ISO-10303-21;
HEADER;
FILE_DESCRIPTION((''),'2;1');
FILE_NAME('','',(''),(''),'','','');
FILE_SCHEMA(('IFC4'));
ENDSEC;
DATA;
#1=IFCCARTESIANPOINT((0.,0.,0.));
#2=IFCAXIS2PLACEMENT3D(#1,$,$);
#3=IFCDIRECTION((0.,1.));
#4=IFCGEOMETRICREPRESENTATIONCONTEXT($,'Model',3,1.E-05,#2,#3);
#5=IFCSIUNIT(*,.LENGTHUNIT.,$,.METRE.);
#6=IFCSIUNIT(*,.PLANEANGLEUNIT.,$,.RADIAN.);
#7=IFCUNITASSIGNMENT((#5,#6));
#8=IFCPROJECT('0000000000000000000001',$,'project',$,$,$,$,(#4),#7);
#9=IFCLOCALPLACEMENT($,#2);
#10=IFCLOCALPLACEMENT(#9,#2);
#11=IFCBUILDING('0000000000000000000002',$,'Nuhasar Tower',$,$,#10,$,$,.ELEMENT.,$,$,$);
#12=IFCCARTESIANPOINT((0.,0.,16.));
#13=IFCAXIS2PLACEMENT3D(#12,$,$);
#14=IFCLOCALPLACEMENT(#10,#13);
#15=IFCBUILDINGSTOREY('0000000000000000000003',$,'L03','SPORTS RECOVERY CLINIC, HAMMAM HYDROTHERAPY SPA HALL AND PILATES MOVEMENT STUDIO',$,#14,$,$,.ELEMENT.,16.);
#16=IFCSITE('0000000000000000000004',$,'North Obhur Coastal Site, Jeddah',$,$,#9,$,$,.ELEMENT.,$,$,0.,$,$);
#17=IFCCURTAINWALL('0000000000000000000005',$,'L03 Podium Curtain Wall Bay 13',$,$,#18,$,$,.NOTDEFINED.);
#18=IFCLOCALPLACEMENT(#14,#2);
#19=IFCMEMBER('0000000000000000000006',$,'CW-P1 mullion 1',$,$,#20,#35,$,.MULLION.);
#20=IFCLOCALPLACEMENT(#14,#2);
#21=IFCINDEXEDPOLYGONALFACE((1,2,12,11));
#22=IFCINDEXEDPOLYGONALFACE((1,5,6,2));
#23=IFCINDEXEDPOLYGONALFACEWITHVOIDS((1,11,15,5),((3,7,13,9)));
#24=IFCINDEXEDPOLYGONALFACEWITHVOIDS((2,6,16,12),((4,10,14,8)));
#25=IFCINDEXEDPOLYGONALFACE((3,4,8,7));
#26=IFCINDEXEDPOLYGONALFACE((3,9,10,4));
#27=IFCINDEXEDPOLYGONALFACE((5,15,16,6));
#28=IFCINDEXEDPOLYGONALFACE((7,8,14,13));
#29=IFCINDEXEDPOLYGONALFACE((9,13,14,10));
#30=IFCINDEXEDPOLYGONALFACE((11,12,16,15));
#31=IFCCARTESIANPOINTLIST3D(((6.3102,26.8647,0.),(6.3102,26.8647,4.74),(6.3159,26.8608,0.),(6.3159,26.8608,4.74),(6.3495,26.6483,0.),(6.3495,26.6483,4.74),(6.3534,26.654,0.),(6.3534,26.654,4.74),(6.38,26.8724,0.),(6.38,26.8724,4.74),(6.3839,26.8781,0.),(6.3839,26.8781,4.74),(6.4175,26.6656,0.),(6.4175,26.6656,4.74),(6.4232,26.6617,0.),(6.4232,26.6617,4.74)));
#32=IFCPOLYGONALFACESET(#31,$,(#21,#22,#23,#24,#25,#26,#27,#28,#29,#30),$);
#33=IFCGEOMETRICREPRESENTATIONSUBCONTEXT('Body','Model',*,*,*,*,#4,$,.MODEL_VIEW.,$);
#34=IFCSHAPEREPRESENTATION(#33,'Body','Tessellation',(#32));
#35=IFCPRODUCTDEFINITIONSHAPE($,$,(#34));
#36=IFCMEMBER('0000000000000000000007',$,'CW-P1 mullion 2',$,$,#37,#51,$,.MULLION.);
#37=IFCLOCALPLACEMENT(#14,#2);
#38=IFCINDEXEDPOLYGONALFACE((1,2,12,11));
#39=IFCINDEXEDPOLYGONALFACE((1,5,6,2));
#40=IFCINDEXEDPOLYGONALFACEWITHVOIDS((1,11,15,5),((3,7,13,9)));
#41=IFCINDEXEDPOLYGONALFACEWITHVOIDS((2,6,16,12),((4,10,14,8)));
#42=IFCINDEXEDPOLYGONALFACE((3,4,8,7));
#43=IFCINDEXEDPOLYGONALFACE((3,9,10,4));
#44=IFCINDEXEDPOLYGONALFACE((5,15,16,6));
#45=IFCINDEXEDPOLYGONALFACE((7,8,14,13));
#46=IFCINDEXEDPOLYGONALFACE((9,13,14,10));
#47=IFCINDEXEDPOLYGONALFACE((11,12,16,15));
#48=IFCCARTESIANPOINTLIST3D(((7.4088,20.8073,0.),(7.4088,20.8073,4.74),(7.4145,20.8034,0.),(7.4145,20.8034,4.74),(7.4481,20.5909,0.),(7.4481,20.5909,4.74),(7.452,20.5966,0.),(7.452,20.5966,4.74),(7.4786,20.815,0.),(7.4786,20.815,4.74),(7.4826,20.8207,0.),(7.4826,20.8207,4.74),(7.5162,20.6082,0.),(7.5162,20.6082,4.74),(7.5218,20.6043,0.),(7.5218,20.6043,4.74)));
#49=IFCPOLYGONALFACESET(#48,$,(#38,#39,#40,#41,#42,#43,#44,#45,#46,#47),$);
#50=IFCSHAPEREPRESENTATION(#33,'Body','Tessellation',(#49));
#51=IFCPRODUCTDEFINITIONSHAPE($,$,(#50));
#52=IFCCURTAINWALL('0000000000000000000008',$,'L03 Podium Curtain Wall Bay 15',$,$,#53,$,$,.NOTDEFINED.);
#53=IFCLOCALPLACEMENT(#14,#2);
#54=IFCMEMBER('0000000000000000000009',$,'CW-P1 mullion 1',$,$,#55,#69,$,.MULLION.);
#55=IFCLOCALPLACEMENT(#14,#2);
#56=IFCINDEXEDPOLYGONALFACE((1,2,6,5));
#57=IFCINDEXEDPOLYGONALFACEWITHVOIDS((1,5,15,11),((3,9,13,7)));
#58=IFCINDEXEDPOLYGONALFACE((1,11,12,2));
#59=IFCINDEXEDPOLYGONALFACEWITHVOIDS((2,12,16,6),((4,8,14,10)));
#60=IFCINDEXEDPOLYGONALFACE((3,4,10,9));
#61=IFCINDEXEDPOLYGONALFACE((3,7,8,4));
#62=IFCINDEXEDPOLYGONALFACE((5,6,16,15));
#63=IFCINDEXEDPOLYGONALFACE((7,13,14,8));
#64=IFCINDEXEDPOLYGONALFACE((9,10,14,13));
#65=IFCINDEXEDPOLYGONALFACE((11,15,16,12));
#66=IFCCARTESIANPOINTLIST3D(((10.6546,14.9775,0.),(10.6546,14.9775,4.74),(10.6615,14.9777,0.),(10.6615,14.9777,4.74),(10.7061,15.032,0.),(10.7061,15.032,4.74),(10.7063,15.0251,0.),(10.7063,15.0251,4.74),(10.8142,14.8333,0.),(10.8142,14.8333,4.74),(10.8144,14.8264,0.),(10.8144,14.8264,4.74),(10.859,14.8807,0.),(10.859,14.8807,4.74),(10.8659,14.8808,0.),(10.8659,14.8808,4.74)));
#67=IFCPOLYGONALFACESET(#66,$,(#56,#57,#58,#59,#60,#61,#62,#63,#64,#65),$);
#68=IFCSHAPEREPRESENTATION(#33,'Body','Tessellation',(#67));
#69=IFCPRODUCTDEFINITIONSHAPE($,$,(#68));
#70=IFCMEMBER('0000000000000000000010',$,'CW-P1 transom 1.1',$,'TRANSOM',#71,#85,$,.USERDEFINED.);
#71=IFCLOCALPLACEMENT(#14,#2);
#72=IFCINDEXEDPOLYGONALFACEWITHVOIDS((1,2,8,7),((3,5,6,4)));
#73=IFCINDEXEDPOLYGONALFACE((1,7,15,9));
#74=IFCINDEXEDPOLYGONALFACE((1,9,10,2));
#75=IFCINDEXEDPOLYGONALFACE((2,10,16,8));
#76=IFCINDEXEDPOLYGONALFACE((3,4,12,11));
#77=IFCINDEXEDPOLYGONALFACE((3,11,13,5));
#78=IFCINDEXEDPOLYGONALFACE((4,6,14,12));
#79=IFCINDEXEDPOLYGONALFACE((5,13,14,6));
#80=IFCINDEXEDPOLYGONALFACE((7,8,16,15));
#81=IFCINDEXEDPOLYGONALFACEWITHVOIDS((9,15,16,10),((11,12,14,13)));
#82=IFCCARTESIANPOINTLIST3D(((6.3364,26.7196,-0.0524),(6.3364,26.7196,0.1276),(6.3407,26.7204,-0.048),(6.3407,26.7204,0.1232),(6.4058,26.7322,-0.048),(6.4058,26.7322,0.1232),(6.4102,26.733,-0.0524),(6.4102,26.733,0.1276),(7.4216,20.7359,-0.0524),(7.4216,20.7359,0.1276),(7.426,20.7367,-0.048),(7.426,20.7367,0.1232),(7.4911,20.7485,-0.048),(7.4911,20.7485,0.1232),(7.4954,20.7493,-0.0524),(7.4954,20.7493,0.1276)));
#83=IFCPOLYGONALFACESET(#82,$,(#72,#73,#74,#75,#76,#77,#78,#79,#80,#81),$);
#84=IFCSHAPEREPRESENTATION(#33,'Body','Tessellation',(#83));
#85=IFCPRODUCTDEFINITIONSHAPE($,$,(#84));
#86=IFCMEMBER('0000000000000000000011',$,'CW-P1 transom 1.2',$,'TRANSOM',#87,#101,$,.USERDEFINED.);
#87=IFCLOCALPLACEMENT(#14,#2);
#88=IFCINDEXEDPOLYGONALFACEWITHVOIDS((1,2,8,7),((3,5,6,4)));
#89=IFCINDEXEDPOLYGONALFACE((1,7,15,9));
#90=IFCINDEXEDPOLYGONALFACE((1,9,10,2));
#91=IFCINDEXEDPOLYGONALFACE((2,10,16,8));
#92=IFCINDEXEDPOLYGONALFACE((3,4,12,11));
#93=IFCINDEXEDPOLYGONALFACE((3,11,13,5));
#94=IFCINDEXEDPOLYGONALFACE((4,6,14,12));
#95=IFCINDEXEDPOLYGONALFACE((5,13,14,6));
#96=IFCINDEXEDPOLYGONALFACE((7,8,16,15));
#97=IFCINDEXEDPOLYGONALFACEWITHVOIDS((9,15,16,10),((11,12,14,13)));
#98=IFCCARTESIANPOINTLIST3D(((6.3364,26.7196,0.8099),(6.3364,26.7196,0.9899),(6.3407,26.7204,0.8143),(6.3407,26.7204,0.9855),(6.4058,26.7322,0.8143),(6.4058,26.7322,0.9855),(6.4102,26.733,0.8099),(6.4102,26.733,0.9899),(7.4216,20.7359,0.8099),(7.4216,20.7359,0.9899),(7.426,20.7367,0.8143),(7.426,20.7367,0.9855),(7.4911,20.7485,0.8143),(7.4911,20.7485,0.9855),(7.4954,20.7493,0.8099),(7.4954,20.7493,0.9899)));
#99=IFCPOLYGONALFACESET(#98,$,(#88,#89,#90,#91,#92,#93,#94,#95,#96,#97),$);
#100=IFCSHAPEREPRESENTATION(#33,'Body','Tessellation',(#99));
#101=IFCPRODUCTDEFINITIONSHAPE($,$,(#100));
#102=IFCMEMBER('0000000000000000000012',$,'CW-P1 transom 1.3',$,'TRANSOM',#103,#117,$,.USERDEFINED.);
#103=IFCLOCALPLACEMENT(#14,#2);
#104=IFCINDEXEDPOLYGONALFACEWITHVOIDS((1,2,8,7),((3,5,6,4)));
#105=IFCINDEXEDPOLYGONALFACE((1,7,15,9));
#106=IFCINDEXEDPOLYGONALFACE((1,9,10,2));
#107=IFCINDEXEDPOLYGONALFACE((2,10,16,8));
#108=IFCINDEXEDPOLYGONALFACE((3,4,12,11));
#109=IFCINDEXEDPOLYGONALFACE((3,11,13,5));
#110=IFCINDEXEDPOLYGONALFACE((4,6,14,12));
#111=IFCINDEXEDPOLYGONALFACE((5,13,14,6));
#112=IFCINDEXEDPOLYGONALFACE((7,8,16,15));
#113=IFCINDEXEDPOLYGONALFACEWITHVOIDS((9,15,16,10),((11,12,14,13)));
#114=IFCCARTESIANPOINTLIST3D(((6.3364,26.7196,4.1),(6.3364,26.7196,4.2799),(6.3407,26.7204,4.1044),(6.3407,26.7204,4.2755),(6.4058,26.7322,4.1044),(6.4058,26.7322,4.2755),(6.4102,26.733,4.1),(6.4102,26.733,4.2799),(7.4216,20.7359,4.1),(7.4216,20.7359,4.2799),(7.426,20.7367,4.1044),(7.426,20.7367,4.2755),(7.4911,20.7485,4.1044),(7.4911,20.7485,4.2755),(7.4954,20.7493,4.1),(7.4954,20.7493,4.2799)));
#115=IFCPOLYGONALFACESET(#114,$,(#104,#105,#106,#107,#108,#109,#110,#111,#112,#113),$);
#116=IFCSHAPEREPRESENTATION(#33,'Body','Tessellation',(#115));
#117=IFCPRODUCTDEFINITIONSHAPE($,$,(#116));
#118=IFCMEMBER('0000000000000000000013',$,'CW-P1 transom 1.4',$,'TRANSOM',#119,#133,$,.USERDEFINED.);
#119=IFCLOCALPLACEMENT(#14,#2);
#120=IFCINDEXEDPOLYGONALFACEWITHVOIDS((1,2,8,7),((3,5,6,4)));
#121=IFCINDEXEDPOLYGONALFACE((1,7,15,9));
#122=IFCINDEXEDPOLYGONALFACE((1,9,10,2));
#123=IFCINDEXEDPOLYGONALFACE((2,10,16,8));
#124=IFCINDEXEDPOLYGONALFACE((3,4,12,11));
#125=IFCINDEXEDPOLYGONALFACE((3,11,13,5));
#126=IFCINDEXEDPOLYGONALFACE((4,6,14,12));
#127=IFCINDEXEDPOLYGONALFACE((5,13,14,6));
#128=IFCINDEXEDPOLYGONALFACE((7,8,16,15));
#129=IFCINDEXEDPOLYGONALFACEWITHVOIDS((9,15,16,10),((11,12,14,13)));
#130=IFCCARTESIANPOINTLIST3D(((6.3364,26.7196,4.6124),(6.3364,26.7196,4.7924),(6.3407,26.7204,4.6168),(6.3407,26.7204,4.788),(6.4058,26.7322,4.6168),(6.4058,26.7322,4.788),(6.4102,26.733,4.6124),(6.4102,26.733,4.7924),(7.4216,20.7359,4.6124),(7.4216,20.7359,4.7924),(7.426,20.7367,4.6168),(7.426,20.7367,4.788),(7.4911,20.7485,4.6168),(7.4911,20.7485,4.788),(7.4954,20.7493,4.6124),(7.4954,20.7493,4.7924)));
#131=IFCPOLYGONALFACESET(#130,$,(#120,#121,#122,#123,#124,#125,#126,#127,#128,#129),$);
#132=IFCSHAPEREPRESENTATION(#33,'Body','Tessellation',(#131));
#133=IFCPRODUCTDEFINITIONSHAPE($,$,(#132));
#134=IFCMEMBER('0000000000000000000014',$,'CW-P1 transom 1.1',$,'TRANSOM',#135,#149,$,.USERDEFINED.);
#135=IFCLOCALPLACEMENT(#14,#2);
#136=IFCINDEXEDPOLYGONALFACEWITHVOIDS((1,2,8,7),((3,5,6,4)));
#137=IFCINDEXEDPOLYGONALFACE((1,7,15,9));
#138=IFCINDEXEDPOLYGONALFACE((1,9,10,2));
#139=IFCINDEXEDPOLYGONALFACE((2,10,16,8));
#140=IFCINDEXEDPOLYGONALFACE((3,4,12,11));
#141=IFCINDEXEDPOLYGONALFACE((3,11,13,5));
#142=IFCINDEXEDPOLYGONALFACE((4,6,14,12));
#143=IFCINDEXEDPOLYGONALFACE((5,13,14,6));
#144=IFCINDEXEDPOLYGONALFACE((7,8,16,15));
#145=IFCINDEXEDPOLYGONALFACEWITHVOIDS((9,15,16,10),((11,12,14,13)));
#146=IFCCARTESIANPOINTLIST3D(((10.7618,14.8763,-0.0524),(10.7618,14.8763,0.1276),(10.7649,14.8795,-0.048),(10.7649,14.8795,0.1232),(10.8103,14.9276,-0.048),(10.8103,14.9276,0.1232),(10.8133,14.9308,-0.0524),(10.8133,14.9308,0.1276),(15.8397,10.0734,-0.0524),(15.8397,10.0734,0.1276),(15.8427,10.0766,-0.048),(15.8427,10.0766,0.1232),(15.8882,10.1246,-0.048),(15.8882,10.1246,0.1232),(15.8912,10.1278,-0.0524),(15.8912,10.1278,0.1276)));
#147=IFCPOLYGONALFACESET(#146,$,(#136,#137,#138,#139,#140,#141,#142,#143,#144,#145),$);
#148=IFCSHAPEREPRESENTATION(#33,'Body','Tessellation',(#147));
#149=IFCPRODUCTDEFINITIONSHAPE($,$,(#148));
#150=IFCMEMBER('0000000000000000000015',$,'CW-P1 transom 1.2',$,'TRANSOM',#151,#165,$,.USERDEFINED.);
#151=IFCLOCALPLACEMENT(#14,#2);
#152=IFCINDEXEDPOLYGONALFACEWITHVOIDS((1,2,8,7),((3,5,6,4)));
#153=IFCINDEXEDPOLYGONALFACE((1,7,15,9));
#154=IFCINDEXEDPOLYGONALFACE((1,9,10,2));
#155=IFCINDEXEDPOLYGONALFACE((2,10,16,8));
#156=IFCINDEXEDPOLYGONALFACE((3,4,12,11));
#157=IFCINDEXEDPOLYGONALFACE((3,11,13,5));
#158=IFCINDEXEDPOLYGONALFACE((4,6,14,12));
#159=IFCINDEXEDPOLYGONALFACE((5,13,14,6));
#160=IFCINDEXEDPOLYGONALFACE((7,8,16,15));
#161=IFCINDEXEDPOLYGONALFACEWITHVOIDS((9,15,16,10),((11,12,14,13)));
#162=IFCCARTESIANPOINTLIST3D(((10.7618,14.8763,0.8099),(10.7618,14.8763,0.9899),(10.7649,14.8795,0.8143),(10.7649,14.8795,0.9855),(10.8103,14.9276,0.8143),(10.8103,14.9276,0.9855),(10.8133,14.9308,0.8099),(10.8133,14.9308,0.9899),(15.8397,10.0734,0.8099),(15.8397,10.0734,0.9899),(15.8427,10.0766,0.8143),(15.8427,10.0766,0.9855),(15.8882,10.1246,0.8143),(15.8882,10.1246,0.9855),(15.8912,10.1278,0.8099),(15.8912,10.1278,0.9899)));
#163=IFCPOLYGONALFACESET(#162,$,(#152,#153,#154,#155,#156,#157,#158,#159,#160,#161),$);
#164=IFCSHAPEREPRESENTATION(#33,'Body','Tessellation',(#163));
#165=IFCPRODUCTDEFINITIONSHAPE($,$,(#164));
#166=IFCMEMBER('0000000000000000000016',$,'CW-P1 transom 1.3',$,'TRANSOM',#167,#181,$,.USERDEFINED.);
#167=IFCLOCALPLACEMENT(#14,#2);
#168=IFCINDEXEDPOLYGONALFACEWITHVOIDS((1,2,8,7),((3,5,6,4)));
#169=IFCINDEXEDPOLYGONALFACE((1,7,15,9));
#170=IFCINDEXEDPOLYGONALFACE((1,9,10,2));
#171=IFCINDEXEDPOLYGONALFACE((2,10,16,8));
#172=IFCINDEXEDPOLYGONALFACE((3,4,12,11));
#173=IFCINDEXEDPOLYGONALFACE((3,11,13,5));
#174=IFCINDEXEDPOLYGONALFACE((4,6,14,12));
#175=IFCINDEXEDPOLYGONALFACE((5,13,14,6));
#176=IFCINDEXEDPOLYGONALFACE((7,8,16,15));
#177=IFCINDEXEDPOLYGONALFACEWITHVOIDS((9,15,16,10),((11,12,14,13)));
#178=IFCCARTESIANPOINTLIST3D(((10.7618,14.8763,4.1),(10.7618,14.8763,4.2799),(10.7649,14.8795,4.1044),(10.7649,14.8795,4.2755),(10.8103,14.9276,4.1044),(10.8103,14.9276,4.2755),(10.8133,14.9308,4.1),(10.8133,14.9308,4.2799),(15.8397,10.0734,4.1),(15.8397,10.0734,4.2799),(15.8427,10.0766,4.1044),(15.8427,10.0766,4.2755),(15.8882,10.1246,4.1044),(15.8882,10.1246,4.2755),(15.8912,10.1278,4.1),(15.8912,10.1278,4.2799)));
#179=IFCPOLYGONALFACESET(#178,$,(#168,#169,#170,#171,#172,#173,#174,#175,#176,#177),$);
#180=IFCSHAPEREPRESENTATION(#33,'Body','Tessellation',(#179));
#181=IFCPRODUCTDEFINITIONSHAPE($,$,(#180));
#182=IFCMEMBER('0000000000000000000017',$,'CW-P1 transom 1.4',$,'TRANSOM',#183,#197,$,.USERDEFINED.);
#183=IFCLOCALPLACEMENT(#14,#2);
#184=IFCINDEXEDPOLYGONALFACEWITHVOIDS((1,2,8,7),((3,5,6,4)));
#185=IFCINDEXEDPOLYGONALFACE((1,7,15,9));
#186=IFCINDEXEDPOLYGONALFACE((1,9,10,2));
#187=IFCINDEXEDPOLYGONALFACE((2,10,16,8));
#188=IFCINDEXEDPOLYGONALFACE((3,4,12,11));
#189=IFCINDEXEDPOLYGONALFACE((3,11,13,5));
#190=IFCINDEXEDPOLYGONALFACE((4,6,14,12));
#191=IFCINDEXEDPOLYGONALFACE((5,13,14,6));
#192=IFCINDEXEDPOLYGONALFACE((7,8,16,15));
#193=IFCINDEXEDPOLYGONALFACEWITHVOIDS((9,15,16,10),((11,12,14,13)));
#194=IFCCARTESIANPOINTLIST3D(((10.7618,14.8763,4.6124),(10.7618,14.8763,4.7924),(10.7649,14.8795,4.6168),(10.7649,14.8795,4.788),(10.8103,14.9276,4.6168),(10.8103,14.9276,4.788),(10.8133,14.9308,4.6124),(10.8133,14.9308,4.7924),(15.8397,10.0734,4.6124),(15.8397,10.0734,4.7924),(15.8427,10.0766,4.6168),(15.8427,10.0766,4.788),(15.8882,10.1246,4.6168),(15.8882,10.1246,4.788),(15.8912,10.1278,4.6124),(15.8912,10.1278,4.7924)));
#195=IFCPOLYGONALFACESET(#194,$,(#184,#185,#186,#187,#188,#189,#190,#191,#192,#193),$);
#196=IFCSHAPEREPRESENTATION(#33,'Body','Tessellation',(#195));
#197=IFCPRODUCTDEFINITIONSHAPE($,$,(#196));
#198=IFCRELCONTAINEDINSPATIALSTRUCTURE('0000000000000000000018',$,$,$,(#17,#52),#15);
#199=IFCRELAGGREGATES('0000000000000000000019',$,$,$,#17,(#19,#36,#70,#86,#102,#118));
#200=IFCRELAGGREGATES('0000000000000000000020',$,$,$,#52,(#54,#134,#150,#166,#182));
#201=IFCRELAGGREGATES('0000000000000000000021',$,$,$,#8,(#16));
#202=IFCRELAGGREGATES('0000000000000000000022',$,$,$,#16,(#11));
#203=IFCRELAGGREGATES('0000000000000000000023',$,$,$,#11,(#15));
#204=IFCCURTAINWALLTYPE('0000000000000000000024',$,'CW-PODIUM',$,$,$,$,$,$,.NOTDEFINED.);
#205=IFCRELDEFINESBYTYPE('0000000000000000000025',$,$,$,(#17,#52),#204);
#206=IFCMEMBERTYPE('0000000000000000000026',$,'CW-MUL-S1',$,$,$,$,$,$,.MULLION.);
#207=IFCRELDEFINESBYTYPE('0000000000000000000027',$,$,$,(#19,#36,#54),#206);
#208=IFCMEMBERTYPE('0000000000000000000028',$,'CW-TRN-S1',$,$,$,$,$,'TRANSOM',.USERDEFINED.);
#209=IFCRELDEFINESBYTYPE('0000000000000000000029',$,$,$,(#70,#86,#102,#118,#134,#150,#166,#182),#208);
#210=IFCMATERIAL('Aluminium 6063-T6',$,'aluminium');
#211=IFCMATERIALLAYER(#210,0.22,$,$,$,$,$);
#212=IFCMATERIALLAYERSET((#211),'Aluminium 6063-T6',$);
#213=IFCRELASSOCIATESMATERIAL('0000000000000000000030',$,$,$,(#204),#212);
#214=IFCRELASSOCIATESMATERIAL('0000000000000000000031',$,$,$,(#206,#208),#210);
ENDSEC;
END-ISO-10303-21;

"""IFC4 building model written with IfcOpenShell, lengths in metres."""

from ifc_helpers import new_model, si_unit, direction, frame, origin, origin_2d, place, context, subcontext, project, spatial, hollow_rectangle, extrude, material, layer, layer_set, material_profile, profile_set, type_object, element, aggregate, save


model = new_model("IFC4")

# Units and contexts
model_context = context("Model", 3, precision=1e-05, world=origin(), true_north=direction((0.0, 1.0)))
body_context = subcontext(model_context, "Body", "Model", "MODEL_VIEW")
ifc_project = project(units=[si_unit("LENGTHUNIT", "METRE"), si_unit("PLANEANGLEUNIT", "RADIAN")], contexts=[model_context])

# Site, building, storey
site_placement = place(None, origin())
site = spatial("IfcSite", under=ifc_project, at=site_placement, Name="North Obhur Coastal Site, Jeddah", CompositionType="ELEMENT", RefElevation=0.0)
building_placement = place(site_placement, origin())
building = spatial("IfcBuilding", under=site, at=building_placement, Name="Nuhasar Tower", CompositionType="ELEMENT")
storey_placement = place(building_placement, frame((0.0, 0.0, 16.0)))
storey = spatial("IfcBuildingStorey", under=building, at=storey_placement, Name="L03", Description="SPORTS RECOVERY CLINIC, HAMMAM HYDROTHERAPY SPA HALL AND PILATES MOVEMENT STUDIO", CompositionType="ELEMENT", Elevation=16.0)

# Curtain wall, members
ifc_material_1 = material(Name="Aluminium 6063-T6", Category="aluminium")
ifc_layer_1 = layer(ifc_material_1, 0.22)
ifc_layer_set_1 = layer_set([ifc_layer_1], Name="Aluminium 6063-T6")
curtain_wall_type = type_object("IfcCurtainWallType", Name="CW-PODIUM", PredefinedType="NOTDEFINED", material=ifc_layer_set_1)
curtain_wall_1_placement = place(storey_placement, origin())
curtain_wall_1 = element("IfcCurtainWall", 1, at=curtain_wall_1_placement, inside=storey, type_object=curtain_wall_type, Name="L03 Podium Curtain Wall Bay 13", PredefinedType="NOTDEFINED")
ifc_material_profile_1 = material_profile(ifc_material_1, hollow_rectangle(XDim=0.075, YDim=0.22, WallThickness=0.0049, at=origin_2d()), Name="CWM-1")
ifc_profile_set_1 = profile_set([ifc_material_profile_1], Name="Aluminium 6063-T6")
member_type_1 = type_object("IfcMemberType", Name="CW-MUL-S1", PredefinedType="MULLION", material=ifc_profile_set_1)
member_1_placement = place(storey_placement, frame((6.3667, 26.7632, 0.0), z_axis=(0.0, 0.0, 1.0), x_axis=(0.983947, 0.178462, 0.0)))
member_1 = element("IfcMember", 2, at=member_1_placement, type_object=member_type_1, Name="CW-P1 mullion 1", PredefinedType="MULLION", context=body_context, shape_type="SweptSolid", body=[
    extrude(hollow_rectangle(XDim=0.075, YDim=0.22, WallThickness=0.0049, at=origin_2d()), origin(), (0.0, 0.0, 1.0), 4.74),
])
member_2_placement = place(storey_placement, frame((7.4653, 20.7058, 0.0), z_axis=(0.0, 0.0, 1.0), x_axis=(0.983947, 0.178462, 0.0)))
member_2 = element("IfcMember", 3, at=member_2_placement, type_object=member_type_1, Name="CW-P1 mullion 2", PredefinedType="MULLION", context=body_context, shape_type="SweptSolid", body=[
    extrude(hollow_rectangle(XDim=0.075, YDim=0.22, WallThickness=0.0049, at=origin_2d()), origin(), (0.0, 0.0, 1.0), 4.74),
])

# Curtain wall, member
curtain_wall_2_placement = place(storey_placement, origin())
curtain_wall_2 = element("IfcCurtainWall", 4, at=curtain_wall_2_placement, inside=storey, type_object=curtain_wall_type, Name="L03 Podium Curtain Wall Bay 15", PredefinedType="NOTDEFINED")
member_3_placement = place(storey_placement, frame((10.7603, 14.9292, 0.0), z_axis=(0.0, 0.0, 1.0), x_axis=(0.687154, 0.726512, 0.0)))
member_3 = element("IfcMember", 5, at=member_3_placement, type_object=member_type_1, Name="CW-P1 mullion 1", PredefinedType="MULLION", context=body_context, shape_type="SweptSolid", body=[
    extrude(hollow_rectangle(XDim=0.075, YDim=0.22, WallThickness=0.0049, at=origin_2d()), origin(), (0.0, 0.0, 1.0), 4.74),
])

# Members
ifc_material_profile_2 = material_profile(ifc_material_1, hollow_rectangle(XDim=0.075, YDim=0.1799, WallThickness=0.0044, at=origin_2d()), Name="CWT-1")
ifc_profile_set_2 = profile_set([ifc_material_profile_2], Name="Aluminium 6063-T6")
member_type_2 = type_object("IfcMemberType", Name="CW-TRN-S1", ElementType="TRANSOM", PredefinedType="USERDEFINED", material=ifc_profile_set_2)
member_4_placement = place(storey_placement, frame((6.3733, 26.7263, 0.0376), z_axis=(0.178451, -0.983949, 0.0), x_axis=(0.983949, 0.178451, 0.0)))
member_4 = element("IfcMember", 6, at=member_4_placement, type_object=member_type_2, Name="CW-P1 transom 1.1", ObjectType="TRANSOM", PredefinedType="USERDEFINED", context=body_context, shape_type="SweptSolid", body=[
    extrude(hollow_rectangle(XDim=0.075, YDim=0.1799, WallThickness=0.0044, at=origin_2d()), origin(), (0.0, 0.0, 1.0), 6.0813),
])
member_5_placement = place(storey_placement, frame((6.3733, 26.7263, 0.8999), z_axis=(0.178451, -0.983949, 0.0), x_axis=(0.983949, 0.178451, 0.0)))
member_5 = element("IfcMember", 7, at=member_5_placement, type_object=member_type_2, Name="CW-P1 transom 1.2", ObjectType="TRANSOM", PredefinedType="USERDEFINED", context=body_context, shape_type="SweptSolid", body=[
    extrude(hollow_rectangle(XDim=0.075, YDim=0.1799, WallThickness=0.0044, at=origin_2d()), origin(), (0.0, 0.0, 1.0), 6.0813),
])
member_6_placement = place(storey_placement, frame((6.3733, 26.7263, 4.1899), z_axis=(0.178451, -0.983949, 0.0), x_axis=(0.983949, 0.178451, 0.0)))
member_6 = element("IfcMember", 8, at=member_6_placement, type_object=member_type_2, Name="CW-P1 transom 1.3", ObjectType="TRANSOM", PredefinedType="USERDEFINED", context=body_context, shape_type="SweptSolid", body=[
    extrude(hollow_rectangle(XDim=0.075, YDim=0.1799, WallThickness=0.0044, at=origin_2d()), origin(), (0.0, 0.0, 1.0), 6.0813),
])
member_7_placement = place(storey_placement, frame((6.3733, 26.7263, 4.7024), z_axis=(0.178451, -0.983949, 0.0), x_axis=(0.983949, 0.178451, 0.0)))
member_7 = element("IfcMember", 9, at=member_7_placement, type_object=member_type_2, Name="CW-P1 transom 1.4", ObjectType="TRANSOM", PredefinedType="USERDEFINED", context=body_context, shape_type="SweptSolid", body=[
    extrude(hollow_rectangle(XDim=0.075, YDim=0.1799, WallThickness=0.0044, at=origin_2d()), origin(), (0.0, 0.0, 1.0), 6.0813),
])
member_8_placement = place(storey_placement, frame((10.7876, 14.9036, 0.0376), z_axis=(0.726499, -0.687168, 0.0), x_axis=(0.687168, 0.726499, 0.0)))
member_8 = element("IfcMember", 10, at=member_8_placement, type_object=member_type_2, Name="CW-P1 transom 1.1", ObjectType="TRANSOM", PredefinedType="USERDEFINED", context=body_context, shape_type="SweptSolid", body=[
    extrude(hollow_rectangle(XDim=0.075, YDim=0.1799, WallThickness=0.0044, at=origin_2d()), origin(), (0.0, 0.0, 1.0), 6.9895),
])
member_9_placement = place(storey_placement, frame((10.7876, 14.9036, 0.8999), z_axis=(0.726499, -0.687168, 0.0), x_axis=(0.687168, 0.726499, 0.0)))
member_9 = element("IfcMember", 11, at=member_9_placement, type_object=member_type_2, Name="CW-P1 transom 1.2", ObjectType="TRANSOM", PredefinedType="USERDEFINED", context=body_context, shape_type="SweptSolid", body=[
    extrude(hollow_rectangle(XDim=0.075, YDim=0.1799, WallThickness=0.0044, at=origin_2d()), origin(), (0.0, 0.0, 1.0), 6.9895),
])
member_10_placement = place(storey_placement, frame((10.7876, 14.9036, 4.1899), z_axis=(0.726499, -0.687168, 0.0), x_axis=(0.687168, 0.726499, 0.0)))
member_10 = element("IfcMember", 12, at=member_10_placement, type_object=member_type_2, Name="CW-P1 transom 1.3", ObjectType="TRANSOM", PredefinedType="USERDEFINED", context=body_context, shape_type="SweptSolid", body=[
    extrude(hollow_rectangle(XDim=0.075, YDim=0.1799, WallThickness=0.0044, at=origin_2d()), origin(), (0.0, 0.0, 1.0), 6.9895),
])
member_11_placement = place(storey_placement, frame((10.7876, 14.9036, 4.7024), z_axis=(0.726499, -0.687168, 0.0), x_axis=(0.687168, 0.726499, 0.0)))
member_11 = element("IfcMember", 13, at=member_11_placement, type_object=member_type_2, Name="CW-P1 transom 1.4", ObjectType="TRANSOM", PredefinedType="USERDEFINED", context=body_context, shape_type="SweptSolid", body=[
    extrude(hollow_rectangle(XDim=0.075, YDim=0.1799, WallThickness=0.0044, at=origin_2d()), origin(), (0.0, 0.0, 1.0), 6.9895),
])

aggregate(curtain_wall_1, [member_1, member_2, member_4, member_5, member_6, member_7])
aggregate(curtain_wall_2, [member_3, member_8, member_9, member_10, member_11])

save(model, "model.ifc")
